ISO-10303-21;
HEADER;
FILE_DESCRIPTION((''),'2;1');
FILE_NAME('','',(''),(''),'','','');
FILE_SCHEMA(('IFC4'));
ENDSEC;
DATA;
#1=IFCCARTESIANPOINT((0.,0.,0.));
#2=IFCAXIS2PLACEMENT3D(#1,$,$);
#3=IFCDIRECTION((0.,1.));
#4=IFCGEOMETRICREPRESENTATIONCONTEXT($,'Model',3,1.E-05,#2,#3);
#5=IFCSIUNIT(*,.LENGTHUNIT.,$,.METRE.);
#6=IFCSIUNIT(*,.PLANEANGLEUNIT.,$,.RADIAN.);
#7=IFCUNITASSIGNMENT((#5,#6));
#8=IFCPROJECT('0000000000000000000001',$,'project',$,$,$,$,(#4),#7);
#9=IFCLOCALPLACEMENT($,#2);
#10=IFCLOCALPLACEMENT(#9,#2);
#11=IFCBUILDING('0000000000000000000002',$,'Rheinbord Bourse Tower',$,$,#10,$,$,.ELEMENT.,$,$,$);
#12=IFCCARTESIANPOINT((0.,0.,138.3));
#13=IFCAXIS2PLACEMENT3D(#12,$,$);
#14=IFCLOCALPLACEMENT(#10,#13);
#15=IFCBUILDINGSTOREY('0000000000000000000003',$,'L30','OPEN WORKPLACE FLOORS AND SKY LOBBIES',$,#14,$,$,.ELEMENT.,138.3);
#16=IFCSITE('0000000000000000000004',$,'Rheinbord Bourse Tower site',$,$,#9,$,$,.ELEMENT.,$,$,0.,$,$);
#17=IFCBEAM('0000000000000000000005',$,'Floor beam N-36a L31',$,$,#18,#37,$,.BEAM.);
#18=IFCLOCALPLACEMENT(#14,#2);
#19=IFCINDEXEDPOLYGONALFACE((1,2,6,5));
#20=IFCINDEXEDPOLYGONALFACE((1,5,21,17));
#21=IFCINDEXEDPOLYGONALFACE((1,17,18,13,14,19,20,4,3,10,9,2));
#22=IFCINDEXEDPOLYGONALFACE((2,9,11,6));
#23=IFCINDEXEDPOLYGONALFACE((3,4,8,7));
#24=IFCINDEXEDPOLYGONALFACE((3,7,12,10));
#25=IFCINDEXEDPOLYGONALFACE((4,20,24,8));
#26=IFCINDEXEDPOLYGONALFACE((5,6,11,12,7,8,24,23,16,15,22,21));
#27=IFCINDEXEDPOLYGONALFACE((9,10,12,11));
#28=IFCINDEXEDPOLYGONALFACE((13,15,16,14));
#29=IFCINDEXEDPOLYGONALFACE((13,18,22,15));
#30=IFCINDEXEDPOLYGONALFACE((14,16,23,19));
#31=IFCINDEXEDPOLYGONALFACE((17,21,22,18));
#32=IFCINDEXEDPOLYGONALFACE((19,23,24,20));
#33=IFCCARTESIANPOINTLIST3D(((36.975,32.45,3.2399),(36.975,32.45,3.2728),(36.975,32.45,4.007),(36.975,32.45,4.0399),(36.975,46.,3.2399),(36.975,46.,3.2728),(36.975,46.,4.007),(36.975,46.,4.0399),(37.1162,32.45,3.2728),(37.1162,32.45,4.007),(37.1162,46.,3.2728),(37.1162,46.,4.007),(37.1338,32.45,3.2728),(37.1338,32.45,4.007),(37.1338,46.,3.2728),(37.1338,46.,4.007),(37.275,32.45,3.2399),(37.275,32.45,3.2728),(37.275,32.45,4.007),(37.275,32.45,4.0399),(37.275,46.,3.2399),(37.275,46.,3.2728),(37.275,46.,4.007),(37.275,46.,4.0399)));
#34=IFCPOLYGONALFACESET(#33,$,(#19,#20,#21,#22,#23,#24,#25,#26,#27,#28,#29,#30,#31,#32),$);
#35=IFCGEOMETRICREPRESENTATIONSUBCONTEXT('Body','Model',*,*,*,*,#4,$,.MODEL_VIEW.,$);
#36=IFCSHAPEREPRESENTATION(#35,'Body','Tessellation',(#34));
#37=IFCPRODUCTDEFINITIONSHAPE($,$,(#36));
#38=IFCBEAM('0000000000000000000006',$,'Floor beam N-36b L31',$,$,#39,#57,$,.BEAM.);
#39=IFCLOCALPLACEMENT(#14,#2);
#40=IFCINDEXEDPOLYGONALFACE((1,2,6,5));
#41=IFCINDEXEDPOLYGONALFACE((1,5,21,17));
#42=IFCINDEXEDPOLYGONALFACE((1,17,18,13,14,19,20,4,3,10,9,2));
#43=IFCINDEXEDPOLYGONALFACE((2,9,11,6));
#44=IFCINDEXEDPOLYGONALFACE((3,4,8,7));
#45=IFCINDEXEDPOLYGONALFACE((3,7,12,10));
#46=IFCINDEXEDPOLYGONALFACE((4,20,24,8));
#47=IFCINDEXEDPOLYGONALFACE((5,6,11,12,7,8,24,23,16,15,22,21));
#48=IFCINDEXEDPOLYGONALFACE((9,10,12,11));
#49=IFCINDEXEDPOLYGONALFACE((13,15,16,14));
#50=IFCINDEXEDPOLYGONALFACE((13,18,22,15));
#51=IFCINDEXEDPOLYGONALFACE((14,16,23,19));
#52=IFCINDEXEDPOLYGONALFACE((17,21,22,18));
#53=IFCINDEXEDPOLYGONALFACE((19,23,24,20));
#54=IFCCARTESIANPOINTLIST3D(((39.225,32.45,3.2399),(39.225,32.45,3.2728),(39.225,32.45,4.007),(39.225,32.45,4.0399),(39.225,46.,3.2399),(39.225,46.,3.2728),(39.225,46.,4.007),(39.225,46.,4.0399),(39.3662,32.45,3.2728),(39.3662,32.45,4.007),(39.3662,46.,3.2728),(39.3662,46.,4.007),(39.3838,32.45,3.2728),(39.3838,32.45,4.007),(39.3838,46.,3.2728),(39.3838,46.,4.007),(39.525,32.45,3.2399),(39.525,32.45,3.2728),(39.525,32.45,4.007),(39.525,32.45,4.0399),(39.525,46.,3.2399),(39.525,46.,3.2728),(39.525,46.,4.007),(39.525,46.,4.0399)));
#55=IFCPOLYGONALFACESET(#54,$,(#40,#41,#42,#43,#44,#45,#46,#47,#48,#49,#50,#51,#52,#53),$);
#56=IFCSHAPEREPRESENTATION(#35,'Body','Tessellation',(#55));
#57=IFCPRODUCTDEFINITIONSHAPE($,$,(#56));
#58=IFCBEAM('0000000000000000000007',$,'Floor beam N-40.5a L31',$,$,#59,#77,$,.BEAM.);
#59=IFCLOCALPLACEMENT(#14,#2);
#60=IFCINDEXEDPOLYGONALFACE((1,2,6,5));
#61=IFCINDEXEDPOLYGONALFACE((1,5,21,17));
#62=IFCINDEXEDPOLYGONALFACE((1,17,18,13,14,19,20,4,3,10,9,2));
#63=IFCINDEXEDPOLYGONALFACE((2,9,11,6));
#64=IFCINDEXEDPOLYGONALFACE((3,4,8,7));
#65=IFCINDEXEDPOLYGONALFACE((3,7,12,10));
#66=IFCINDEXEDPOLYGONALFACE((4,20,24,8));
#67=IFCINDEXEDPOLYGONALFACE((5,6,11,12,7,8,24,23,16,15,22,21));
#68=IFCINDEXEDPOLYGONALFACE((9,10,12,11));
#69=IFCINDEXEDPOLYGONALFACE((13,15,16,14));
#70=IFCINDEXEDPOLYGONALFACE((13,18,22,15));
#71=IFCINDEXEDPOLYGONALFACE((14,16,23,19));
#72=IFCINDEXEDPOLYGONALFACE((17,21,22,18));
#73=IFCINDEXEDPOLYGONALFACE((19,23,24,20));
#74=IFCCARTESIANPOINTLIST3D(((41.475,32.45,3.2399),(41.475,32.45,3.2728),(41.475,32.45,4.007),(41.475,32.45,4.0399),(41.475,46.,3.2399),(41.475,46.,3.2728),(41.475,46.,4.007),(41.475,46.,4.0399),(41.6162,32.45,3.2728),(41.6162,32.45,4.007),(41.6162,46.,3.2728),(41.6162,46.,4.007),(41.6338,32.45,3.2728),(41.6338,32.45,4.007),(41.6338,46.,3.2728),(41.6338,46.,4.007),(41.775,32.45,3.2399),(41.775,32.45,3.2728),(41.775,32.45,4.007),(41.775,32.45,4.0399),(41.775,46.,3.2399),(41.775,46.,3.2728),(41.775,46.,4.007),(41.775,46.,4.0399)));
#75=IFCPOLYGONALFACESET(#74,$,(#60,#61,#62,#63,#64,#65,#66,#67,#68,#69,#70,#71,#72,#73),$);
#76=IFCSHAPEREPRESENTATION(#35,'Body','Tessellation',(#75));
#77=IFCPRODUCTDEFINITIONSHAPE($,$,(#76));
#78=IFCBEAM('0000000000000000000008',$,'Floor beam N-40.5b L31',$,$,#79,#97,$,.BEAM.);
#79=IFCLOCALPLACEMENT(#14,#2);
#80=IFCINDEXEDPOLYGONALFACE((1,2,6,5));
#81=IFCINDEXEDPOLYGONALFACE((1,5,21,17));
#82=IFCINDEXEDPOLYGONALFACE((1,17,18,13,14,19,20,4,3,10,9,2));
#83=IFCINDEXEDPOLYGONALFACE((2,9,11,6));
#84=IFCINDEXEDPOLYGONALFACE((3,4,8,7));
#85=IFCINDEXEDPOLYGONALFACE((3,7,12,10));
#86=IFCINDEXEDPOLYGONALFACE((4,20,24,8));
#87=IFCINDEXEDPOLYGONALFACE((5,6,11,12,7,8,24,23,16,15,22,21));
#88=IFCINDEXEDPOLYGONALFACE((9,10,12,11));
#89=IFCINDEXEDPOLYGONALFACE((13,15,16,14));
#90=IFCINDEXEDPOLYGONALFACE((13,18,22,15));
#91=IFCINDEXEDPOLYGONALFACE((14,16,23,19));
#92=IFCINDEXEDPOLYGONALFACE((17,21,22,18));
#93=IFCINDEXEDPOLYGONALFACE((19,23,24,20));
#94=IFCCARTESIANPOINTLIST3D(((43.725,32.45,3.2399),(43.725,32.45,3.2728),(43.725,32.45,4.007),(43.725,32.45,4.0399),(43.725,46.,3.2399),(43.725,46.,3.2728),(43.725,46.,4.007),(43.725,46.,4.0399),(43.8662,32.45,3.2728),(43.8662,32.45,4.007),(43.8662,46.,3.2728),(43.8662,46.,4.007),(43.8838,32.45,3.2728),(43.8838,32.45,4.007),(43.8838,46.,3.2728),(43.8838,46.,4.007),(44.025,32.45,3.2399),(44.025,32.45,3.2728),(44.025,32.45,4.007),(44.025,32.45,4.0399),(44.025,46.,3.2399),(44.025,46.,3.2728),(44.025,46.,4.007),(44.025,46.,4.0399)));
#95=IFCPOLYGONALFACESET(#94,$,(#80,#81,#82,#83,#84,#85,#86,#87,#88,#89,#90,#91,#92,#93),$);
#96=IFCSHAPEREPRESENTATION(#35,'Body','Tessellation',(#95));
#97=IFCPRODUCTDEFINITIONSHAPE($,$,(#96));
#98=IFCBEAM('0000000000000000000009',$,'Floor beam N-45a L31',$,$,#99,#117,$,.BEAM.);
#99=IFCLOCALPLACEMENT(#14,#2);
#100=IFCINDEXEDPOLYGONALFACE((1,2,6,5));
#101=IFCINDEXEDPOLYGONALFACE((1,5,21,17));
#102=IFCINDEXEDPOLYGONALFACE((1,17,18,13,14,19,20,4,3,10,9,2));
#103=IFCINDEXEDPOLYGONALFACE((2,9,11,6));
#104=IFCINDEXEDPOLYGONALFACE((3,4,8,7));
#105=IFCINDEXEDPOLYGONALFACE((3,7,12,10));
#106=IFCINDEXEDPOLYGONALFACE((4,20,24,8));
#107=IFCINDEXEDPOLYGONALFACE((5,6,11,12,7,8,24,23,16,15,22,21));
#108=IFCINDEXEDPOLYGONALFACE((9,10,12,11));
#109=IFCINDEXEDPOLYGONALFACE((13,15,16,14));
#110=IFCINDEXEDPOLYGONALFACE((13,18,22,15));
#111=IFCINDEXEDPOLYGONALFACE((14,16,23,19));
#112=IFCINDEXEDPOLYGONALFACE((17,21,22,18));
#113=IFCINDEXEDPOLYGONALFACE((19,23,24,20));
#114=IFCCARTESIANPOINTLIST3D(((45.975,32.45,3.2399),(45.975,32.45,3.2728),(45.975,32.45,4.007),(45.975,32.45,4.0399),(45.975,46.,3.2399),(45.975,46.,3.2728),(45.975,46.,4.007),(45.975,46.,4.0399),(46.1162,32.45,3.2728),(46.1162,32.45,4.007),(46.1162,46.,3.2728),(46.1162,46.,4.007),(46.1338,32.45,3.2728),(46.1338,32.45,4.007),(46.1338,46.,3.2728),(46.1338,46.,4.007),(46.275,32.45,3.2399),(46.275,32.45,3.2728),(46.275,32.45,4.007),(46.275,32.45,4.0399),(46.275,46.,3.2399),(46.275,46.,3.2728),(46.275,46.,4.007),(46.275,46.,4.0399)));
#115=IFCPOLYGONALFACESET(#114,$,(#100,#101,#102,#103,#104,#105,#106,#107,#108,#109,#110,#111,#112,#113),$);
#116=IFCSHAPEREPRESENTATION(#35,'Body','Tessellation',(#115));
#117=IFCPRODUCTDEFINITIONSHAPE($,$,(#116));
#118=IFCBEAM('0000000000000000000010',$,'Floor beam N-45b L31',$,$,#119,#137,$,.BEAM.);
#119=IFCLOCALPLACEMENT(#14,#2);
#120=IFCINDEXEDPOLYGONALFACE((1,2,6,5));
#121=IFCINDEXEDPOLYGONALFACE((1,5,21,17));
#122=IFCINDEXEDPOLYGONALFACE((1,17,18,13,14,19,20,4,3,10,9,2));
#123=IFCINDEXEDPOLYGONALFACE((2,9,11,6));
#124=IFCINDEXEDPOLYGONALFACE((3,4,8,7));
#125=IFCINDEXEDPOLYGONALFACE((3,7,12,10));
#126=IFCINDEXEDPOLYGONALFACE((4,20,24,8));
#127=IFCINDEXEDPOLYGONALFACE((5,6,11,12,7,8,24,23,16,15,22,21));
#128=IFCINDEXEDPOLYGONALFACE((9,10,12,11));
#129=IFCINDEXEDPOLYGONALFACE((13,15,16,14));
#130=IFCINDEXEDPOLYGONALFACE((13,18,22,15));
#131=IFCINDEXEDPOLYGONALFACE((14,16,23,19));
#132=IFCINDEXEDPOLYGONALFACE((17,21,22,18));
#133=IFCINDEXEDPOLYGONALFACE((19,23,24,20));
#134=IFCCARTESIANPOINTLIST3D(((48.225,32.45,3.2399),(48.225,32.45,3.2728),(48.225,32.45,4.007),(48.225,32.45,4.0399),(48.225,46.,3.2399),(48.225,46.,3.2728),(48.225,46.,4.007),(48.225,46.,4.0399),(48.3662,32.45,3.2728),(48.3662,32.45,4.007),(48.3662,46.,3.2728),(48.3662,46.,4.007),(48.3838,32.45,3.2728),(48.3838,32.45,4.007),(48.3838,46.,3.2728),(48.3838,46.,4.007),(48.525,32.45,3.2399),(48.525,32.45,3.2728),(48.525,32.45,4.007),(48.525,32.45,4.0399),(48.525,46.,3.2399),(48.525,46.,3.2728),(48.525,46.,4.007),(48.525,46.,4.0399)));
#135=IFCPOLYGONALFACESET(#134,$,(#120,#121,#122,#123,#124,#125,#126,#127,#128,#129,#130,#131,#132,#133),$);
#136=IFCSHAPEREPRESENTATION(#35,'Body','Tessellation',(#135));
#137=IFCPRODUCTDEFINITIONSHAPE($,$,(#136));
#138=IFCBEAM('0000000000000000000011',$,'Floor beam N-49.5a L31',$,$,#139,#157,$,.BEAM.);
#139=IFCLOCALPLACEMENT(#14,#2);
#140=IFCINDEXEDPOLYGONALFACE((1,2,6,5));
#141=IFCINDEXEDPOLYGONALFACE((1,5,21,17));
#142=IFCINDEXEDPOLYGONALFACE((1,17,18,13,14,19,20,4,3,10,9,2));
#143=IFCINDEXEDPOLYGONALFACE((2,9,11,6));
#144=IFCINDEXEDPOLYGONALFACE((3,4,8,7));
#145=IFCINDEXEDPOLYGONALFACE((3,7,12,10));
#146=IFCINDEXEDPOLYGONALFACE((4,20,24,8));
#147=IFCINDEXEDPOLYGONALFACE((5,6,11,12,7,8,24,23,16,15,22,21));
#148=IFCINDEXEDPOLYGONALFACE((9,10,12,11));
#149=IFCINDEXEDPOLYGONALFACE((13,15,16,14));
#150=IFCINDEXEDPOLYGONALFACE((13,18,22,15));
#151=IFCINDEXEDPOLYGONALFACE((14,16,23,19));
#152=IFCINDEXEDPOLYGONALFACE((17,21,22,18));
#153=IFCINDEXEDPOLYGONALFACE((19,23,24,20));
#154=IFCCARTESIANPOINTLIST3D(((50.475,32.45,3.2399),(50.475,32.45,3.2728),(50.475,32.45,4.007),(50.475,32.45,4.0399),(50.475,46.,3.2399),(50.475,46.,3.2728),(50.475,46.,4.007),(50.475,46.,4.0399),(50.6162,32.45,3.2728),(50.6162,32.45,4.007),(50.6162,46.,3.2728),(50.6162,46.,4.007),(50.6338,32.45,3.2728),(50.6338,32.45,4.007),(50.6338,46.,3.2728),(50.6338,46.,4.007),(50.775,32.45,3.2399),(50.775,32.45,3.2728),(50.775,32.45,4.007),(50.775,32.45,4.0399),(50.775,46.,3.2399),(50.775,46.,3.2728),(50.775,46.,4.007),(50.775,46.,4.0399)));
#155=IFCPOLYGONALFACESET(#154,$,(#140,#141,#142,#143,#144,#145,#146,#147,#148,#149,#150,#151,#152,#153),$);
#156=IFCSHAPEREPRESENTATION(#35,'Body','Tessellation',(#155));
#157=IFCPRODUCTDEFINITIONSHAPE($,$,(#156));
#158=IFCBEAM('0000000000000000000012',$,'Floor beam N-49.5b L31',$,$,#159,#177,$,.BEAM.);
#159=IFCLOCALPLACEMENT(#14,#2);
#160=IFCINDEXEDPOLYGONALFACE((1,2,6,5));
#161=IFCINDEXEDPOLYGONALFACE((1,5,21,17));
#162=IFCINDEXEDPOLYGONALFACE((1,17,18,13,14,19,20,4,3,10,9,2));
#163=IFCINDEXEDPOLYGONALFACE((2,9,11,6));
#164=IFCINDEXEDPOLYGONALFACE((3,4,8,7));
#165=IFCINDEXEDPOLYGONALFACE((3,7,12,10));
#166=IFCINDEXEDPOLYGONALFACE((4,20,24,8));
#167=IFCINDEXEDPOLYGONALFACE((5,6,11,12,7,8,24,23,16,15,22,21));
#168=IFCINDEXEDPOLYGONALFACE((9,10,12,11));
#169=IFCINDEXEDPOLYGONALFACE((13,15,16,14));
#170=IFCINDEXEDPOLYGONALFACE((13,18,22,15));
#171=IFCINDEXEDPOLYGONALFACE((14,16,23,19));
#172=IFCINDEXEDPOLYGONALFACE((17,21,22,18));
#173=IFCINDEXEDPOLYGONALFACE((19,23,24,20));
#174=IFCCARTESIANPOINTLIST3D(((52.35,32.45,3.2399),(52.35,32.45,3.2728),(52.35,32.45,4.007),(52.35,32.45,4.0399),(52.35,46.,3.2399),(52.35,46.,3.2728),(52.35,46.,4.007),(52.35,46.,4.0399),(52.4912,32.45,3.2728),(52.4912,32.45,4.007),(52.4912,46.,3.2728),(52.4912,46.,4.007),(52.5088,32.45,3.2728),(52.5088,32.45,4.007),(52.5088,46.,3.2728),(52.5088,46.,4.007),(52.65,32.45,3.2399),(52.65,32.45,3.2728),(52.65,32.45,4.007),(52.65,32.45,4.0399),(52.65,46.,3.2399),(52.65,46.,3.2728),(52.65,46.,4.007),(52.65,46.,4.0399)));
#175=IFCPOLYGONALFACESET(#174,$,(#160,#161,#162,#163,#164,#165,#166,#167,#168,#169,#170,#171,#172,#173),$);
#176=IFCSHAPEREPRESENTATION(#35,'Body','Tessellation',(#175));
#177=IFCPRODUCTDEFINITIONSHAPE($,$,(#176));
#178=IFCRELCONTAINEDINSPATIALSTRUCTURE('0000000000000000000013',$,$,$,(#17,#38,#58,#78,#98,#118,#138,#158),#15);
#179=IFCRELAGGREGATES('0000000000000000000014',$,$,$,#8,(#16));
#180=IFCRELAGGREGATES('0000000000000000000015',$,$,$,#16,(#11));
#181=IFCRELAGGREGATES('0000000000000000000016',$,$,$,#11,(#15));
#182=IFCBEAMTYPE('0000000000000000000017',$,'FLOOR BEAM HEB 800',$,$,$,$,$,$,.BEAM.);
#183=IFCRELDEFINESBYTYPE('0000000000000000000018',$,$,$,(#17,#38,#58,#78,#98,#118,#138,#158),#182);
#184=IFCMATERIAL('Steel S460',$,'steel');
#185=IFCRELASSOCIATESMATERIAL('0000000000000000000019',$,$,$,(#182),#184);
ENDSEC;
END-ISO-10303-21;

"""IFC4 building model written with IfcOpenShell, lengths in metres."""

from ifc_helpers import new_model, si_unit, direction, frame, origin, origin_2d, place, context, subcontext, project, spatial, i_section, extrude, material, material_profile, profile_set, type_object, element, save


model = new_model("IFC4")

# Units and contexts
model_context = context("Model", 3, precision=1e-05, world=origin(), true_north=direction((0.0, 1.0)))
body_context = subcontext(model_context, "Body", "Model", "MODEL_VIEW")
ifc_project = project(units=[si_unit("LENGTHUNIT", "METRE"), si_unit("PLANEANGLEUNIT", "RADIAN")], contexts=[model_context])

# Site, building, storey
site_placement = place(None, origin())
site = spatial("IfcSite", under=ifc_project, at=site_placement, Name="Rheinbord Bourse Tower site", CompositionType="ELEMENT", RefElevation=0.0)
building_placement = place(site_placement, origin())
building = spatial("IfcBuilding", under=site, at=building_placement, Name="Rheinbord Bourse Tower", CompositionType="ELEMENT")
storey_placement = place(building_placement, frame((0.0, 0.0, 138.3)))
storey = spatial("IfcBuildingStorey", under=building, at=storey_placement, Name="L30", Description="OPEN WORKPLACE FLOORS AND SKY LOBBIES", CompositionType="ELEMENT", Elevation=138.3)

# Beams
ifc_material_1 = material(Name="Steel S460", Category="steel")
ifc_material_profile_1 = material_profile(ifc_material_1, i_section(OverallWidth=0.3, OverallDepth=0.8, WebThickness=0.0176, FlangeThickness=0.033, at=origin_2d()), Name="HEB 800")
ifc_profile_set_1 = profile_set([ifc_material_profile_1], Name="Steel S460")
beam_type_1 = type_object("IfcBeamType", Name="FLOOR BEAM HEB 800", PredefinedType="BEAM", material=ifc_profile_set_1)
for number, where, z_axis, x_axis, name in (
    (1, (37.125, 46.0, 3.6399), (0.0, -1.0, 0.0), (1.0, 0.0, 0.0), "Floor beam N-36a L31"),
    (2, (39.375, 46.0, 3.6399), (0.0, -1.0, 0.0), (1.0, 0.0, 0.0), "Floor beam N-36b L31"),
    (3, (41.625, 46.0, 3.6399), (0.0, -1.0, 0.0), (1.0, 0.0, 0.0), "Floor beam N-40.5a L31"),
    (4, (43.875, 46.0, 3.6399), (0.0, -1.0, 0.0), (1.0, 0.0, 0.0), "Floor beam N-40.5b L31"),
    (5, (46.125, 46.0, 3.6399), (0.0, -1.0, 0.0), (1.0, 0.0, 0.0), "Floor beam N-45a L31"),
    (6, (48.375, 46.0, 3.6399), (0.0, -1.0, 0.0), (1.0, 0.0, 0.0), "Floor beam N-45b L31"),
    (7, (50.625, 46.0, 3.6399), (0.0, -1.0, 0.0), (1.0, 0.0, 0.0), "Floor beam N-49.5a L31"),
    (8, (52.5, 46.0, 3.6399), (0.0, -1.0, 0.0), (1.0, 0.0, 0.0), "Floor beam N-49.5b L31"),
):
    element("IfcBeam", number, at=place(storey_placement, frame(where, z_axis=z_axis, x_axis=x_axis)), inside=storey, type_object=beam_type_1, Name=name, PredefinedType="BEAM", context=body_context, shape_type="SweptSolid", body=[
        extrude(i_section(OverallWidth=0.3, OverallDepth=0.8, WebThickness=0.0176, FlangeThickness=0.033, at=origin_2d()), origin(), (0.0, 0.0, 1.0), 13.55),
    ])

save(model, "model.ifc")
